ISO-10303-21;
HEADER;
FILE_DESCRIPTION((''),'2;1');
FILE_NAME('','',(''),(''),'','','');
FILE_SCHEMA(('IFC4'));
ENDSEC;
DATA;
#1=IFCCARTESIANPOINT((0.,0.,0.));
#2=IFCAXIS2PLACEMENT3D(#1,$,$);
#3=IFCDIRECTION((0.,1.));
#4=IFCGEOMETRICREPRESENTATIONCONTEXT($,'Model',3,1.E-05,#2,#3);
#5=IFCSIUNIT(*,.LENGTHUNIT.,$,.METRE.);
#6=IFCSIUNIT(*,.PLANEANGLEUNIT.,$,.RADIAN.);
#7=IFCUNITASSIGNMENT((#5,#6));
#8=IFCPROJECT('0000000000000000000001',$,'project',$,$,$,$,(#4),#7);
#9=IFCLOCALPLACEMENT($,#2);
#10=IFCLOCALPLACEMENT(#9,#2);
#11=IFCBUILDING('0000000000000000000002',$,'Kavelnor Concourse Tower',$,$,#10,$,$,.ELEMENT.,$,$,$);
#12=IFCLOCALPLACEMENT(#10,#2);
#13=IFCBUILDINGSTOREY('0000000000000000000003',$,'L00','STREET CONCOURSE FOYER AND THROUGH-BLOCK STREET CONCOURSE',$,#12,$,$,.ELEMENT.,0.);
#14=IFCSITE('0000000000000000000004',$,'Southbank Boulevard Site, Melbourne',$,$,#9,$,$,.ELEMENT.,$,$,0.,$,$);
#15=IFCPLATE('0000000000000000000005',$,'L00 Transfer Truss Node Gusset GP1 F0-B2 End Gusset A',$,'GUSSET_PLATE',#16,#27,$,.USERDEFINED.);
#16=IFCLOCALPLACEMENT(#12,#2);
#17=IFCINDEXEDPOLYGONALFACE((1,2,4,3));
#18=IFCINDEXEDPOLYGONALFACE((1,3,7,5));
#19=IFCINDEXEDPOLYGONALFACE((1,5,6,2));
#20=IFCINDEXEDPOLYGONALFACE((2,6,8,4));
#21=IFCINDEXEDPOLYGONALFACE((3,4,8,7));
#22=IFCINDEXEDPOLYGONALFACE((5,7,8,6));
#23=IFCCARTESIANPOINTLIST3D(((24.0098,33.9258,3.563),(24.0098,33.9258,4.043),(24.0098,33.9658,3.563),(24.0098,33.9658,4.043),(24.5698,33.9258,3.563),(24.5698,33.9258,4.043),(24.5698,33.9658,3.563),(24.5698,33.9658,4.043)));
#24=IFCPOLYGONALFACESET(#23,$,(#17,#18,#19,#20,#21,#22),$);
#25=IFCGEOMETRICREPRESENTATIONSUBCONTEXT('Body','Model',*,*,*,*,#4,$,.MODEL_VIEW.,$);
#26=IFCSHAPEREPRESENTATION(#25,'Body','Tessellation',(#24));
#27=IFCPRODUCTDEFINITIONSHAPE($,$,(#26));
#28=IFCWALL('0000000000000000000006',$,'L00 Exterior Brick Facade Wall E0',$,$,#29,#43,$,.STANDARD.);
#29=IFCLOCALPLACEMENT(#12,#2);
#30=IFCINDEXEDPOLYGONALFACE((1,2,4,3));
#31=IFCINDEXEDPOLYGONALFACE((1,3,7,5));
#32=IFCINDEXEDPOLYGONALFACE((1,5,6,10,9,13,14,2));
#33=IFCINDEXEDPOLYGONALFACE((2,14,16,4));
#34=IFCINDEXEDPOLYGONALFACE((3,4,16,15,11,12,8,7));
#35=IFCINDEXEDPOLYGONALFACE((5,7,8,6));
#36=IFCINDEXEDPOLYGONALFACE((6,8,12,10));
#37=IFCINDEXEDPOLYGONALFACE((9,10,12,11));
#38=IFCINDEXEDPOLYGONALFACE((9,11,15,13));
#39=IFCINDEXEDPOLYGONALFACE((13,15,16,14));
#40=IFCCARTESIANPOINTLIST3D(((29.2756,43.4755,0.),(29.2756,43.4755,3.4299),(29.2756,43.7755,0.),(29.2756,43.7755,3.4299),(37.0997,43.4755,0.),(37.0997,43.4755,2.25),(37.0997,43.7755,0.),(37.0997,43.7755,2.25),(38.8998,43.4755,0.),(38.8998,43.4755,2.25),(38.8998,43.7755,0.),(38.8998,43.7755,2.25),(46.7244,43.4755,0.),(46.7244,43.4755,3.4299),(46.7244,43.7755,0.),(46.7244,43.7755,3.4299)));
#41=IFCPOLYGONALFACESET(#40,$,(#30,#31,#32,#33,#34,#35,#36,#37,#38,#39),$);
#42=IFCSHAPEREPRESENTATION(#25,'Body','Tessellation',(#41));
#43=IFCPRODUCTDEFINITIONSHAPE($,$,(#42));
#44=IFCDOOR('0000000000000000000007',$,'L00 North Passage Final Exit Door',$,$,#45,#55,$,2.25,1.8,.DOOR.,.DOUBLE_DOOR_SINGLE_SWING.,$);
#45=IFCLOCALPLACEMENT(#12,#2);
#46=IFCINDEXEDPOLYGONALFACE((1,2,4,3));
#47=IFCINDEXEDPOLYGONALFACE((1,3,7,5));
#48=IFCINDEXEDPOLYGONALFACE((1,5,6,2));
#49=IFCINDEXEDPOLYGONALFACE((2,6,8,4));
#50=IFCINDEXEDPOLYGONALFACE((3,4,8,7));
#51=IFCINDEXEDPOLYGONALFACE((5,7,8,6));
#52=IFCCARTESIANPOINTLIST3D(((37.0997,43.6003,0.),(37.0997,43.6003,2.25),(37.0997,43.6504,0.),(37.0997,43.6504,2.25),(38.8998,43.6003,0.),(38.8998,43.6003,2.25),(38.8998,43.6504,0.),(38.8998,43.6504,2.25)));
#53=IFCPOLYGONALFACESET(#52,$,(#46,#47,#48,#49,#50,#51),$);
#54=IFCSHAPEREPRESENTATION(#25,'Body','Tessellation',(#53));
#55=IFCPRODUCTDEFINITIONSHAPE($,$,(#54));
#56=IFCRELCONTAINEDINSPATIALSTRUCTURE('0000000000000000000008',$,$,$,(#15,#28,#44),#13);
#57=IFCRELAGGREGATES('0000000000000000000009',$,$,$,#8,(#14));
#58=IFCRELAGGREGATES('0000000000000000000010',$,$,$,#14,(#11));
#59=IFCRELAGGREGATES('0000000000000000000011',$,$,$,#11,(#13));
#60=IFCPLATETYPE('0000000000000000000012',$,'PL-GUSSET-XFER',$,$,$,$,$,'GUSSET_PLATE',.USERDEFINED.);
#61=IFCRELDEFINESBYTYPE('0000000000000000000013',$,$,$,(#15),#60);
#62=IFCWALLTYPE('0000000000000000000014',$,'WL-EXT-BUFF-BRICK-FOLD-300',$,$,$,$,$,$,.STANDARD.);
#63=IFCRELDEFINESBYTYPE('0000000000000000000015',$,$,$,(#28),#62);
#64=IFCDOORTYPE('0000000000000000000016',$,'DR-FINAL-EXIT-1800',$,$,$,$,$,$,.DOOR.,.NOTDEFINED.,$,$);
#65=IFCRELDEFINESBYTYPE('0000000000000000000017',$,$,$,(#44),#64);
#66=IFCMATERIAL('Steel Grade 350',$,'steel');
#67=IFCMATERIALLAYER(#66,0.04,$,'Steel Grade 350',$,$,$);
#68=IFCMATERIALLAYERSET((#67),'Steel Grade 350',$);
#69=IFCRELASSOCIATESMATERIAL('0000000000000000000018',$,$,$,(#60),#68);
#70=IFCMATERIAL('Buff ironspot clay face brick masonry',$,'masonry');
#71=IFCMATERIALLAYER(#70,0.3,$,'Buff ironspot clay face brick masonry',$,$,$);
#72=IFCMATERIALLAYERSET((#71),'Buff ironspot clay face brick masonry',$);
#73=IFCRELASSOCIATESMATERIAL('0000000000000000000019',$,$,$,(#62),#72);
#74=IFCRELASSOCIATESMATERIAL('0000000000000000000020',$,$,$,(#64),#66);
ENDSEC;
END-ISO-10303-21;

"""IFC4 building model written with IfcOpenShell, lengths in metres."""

from ifc_helpers import new_model, si_unit, direction, frame, frame_2d, origin, origin_2d, place, context, subcontext, project, spatial, rectangle, extrude, material, layer, layer_set, type_object, element, fill, save


model = new_model("IFC4")

# Units and contexts
model_context = context("Model", 3, precision=1e-05, world=origin(), true_north=direction((0.0, 1.0)))
body_context = subcontext(model_context, "Body", "Model", "MODEL_VIEW")
ifc_project = project(units=[si_unit("LENGTHUNIT", "METRE"), si_unit("PLANEANGLEUNIT", "RADIAN")], contexts=[model_context])

# Site, building, storey
site_placement = place(None, origin())
site = spatial("IfcSite", under=ifc_project, at=site_placement, Name="Southbank Boulevard Site, Melbourne", CompositionType="ELEMENT", RefElevation=0.0)
building_placement = place(site_placement, origin())
building = spatial("IfcBuilding", under=site, at=building_placement, Name="Kavelnor Concourse Tower", CompositionType="ELEMENT")
storey_placement = place(building_placement, origin())
storey = spatial("IfcBuildingStorey", under=building, at=storey_placement, Name="L00", Description="STREET CONCOURSE FOYER AND THROUGH-BLOCK STREET CONCOURSE", CompositionType="ELEMENT", Elevation=0.0)

# Shared definitions
ifc_material_1 = material(Name="Steel Grade 350", Category="steel")

# Plate
ifc_layer_1 = layer(ifc_material_1, 0.04, Name="Steel Grade 350")
ifc_layer_set_1 = layer_set([ifc_layer_1], Name="Steel Grade 350")
plate_type_1 = type_object("IfcPlateType", Name="PL-GUSSET-XFER", ElementType="GUSSET_PLATE", PredefinedType="USERDEFINED", material=ifc_layer_set_1)
plate_1_placement = place(storey_placement, frame((24.2898, 33.9458, 3.563), z_axis=(0.0, 0.0, 1.0), x_axis=(1.0, 0.0, 0.0)))
element("IfcPlate", 1, at=plate_1_placement, inside=storey, type_object=plate_type_1, Name="L00 Transfer Truss Node Gusset GP1 F0-B2 End Gusset A", ObjectType="GUSSET_PLATE", PredefinedType="USERDEFINED", context=body_context, shape_type="SweptSolid", body=[
    extrude(rectangle(XDim=0.5601, YDim=0.04, at=origin_2d()), origin(), (0.0, 0.0, 1.0), 0.48),
])

# Wall, opening, door
ifc_material_2 = material(Name="Buff ironspot clay face brick masonry", Category="masonry")
ifc_layer_2 = layer(ifc_material_2, 0.3, Name="Buff ironspot clay face brick masonry")
ifc_layer_set_2 = layer_set([ifc_layer_2], Name="Buff ironspot clay face brick masonry")
wall_type = type_object("IfcWallType", Name="WL-EXT-BUFF-BRICK-FOLD-300", PredefinedType="STANDARD", material=ifc_layer_set_2)
wall_placement = place(storey_placement, frame((29.2756, 43.6255, 0.0), z_axis=(0.0, 0.0, 1.0), x_axis=(1.0, 0.0, 0.0)))
wall = element("IfcWall", 2, at=wall_placement, inside=storey, type_object=wall_type, Name="L00 Exterior Brick Facade Wall E0", PredefinedType="STANDARD", context=body_context, shape_type="SweptSolid", body=[
    extrude(rectangle(XDim=17.4487, YDim=0.3, at=frame_2d((8.7244, 0.0))), origin(), (0.0, 0.0, 1.0), 3.4299),
])
opening_placement = place(wall_placement, frame((7.8242, 0.0, 0.0)))
opening = element("IfcOpeningElement", 3, at=opening_placement, cuts=wall, PredefinedType="OPENING", context=body_context, shape_type="SweptSolid", body=[
    extrude(rectangle(XDim=1.8, YDim=2.25, at=frame_2d((0.8999, 1.125))), frame((0.0, 0.1602, 0.0), z_axis=(0.0, -1.0, 0.0), x_axis=(1.0, 0.0, 0.0)), (0.0, 0.0, 1.0), 0.3201),
])
door_type = type_object("IfcDoorType", Name="DR-FINAL-EXIT-1800", OperationType="NOTDEFINED", PredefinedType="DOOR", material=ifc_material_1)
door_placement = place(opening_placement, origin())
door = element("IfcDoor", 4, at=door_placement, inside=storey, type_object=door_type, Name="L00 North Passage Final Exit Door", OperationType="DOUBLE_DOOR_SINGLE_SWING", OverallHeight=2.25, OverallWidth=1.8, PredefinedType="DOOR", context=body_context, shape_type="SweptSolid", body=[
    extrude(rectangle(XDim=1.8, YDim=2.25, at=frame_2d((0.8999, 1.125))), frame((0.0, 0.0249, 0.0), z_axis=(0.0, -1.0, 0.0), x_axis=(1.0, 0.0, 0.0)), (0.0, 0.0, 1.0), 0.05),
])
fill(opening, door)

save(model, "model.ifc")
